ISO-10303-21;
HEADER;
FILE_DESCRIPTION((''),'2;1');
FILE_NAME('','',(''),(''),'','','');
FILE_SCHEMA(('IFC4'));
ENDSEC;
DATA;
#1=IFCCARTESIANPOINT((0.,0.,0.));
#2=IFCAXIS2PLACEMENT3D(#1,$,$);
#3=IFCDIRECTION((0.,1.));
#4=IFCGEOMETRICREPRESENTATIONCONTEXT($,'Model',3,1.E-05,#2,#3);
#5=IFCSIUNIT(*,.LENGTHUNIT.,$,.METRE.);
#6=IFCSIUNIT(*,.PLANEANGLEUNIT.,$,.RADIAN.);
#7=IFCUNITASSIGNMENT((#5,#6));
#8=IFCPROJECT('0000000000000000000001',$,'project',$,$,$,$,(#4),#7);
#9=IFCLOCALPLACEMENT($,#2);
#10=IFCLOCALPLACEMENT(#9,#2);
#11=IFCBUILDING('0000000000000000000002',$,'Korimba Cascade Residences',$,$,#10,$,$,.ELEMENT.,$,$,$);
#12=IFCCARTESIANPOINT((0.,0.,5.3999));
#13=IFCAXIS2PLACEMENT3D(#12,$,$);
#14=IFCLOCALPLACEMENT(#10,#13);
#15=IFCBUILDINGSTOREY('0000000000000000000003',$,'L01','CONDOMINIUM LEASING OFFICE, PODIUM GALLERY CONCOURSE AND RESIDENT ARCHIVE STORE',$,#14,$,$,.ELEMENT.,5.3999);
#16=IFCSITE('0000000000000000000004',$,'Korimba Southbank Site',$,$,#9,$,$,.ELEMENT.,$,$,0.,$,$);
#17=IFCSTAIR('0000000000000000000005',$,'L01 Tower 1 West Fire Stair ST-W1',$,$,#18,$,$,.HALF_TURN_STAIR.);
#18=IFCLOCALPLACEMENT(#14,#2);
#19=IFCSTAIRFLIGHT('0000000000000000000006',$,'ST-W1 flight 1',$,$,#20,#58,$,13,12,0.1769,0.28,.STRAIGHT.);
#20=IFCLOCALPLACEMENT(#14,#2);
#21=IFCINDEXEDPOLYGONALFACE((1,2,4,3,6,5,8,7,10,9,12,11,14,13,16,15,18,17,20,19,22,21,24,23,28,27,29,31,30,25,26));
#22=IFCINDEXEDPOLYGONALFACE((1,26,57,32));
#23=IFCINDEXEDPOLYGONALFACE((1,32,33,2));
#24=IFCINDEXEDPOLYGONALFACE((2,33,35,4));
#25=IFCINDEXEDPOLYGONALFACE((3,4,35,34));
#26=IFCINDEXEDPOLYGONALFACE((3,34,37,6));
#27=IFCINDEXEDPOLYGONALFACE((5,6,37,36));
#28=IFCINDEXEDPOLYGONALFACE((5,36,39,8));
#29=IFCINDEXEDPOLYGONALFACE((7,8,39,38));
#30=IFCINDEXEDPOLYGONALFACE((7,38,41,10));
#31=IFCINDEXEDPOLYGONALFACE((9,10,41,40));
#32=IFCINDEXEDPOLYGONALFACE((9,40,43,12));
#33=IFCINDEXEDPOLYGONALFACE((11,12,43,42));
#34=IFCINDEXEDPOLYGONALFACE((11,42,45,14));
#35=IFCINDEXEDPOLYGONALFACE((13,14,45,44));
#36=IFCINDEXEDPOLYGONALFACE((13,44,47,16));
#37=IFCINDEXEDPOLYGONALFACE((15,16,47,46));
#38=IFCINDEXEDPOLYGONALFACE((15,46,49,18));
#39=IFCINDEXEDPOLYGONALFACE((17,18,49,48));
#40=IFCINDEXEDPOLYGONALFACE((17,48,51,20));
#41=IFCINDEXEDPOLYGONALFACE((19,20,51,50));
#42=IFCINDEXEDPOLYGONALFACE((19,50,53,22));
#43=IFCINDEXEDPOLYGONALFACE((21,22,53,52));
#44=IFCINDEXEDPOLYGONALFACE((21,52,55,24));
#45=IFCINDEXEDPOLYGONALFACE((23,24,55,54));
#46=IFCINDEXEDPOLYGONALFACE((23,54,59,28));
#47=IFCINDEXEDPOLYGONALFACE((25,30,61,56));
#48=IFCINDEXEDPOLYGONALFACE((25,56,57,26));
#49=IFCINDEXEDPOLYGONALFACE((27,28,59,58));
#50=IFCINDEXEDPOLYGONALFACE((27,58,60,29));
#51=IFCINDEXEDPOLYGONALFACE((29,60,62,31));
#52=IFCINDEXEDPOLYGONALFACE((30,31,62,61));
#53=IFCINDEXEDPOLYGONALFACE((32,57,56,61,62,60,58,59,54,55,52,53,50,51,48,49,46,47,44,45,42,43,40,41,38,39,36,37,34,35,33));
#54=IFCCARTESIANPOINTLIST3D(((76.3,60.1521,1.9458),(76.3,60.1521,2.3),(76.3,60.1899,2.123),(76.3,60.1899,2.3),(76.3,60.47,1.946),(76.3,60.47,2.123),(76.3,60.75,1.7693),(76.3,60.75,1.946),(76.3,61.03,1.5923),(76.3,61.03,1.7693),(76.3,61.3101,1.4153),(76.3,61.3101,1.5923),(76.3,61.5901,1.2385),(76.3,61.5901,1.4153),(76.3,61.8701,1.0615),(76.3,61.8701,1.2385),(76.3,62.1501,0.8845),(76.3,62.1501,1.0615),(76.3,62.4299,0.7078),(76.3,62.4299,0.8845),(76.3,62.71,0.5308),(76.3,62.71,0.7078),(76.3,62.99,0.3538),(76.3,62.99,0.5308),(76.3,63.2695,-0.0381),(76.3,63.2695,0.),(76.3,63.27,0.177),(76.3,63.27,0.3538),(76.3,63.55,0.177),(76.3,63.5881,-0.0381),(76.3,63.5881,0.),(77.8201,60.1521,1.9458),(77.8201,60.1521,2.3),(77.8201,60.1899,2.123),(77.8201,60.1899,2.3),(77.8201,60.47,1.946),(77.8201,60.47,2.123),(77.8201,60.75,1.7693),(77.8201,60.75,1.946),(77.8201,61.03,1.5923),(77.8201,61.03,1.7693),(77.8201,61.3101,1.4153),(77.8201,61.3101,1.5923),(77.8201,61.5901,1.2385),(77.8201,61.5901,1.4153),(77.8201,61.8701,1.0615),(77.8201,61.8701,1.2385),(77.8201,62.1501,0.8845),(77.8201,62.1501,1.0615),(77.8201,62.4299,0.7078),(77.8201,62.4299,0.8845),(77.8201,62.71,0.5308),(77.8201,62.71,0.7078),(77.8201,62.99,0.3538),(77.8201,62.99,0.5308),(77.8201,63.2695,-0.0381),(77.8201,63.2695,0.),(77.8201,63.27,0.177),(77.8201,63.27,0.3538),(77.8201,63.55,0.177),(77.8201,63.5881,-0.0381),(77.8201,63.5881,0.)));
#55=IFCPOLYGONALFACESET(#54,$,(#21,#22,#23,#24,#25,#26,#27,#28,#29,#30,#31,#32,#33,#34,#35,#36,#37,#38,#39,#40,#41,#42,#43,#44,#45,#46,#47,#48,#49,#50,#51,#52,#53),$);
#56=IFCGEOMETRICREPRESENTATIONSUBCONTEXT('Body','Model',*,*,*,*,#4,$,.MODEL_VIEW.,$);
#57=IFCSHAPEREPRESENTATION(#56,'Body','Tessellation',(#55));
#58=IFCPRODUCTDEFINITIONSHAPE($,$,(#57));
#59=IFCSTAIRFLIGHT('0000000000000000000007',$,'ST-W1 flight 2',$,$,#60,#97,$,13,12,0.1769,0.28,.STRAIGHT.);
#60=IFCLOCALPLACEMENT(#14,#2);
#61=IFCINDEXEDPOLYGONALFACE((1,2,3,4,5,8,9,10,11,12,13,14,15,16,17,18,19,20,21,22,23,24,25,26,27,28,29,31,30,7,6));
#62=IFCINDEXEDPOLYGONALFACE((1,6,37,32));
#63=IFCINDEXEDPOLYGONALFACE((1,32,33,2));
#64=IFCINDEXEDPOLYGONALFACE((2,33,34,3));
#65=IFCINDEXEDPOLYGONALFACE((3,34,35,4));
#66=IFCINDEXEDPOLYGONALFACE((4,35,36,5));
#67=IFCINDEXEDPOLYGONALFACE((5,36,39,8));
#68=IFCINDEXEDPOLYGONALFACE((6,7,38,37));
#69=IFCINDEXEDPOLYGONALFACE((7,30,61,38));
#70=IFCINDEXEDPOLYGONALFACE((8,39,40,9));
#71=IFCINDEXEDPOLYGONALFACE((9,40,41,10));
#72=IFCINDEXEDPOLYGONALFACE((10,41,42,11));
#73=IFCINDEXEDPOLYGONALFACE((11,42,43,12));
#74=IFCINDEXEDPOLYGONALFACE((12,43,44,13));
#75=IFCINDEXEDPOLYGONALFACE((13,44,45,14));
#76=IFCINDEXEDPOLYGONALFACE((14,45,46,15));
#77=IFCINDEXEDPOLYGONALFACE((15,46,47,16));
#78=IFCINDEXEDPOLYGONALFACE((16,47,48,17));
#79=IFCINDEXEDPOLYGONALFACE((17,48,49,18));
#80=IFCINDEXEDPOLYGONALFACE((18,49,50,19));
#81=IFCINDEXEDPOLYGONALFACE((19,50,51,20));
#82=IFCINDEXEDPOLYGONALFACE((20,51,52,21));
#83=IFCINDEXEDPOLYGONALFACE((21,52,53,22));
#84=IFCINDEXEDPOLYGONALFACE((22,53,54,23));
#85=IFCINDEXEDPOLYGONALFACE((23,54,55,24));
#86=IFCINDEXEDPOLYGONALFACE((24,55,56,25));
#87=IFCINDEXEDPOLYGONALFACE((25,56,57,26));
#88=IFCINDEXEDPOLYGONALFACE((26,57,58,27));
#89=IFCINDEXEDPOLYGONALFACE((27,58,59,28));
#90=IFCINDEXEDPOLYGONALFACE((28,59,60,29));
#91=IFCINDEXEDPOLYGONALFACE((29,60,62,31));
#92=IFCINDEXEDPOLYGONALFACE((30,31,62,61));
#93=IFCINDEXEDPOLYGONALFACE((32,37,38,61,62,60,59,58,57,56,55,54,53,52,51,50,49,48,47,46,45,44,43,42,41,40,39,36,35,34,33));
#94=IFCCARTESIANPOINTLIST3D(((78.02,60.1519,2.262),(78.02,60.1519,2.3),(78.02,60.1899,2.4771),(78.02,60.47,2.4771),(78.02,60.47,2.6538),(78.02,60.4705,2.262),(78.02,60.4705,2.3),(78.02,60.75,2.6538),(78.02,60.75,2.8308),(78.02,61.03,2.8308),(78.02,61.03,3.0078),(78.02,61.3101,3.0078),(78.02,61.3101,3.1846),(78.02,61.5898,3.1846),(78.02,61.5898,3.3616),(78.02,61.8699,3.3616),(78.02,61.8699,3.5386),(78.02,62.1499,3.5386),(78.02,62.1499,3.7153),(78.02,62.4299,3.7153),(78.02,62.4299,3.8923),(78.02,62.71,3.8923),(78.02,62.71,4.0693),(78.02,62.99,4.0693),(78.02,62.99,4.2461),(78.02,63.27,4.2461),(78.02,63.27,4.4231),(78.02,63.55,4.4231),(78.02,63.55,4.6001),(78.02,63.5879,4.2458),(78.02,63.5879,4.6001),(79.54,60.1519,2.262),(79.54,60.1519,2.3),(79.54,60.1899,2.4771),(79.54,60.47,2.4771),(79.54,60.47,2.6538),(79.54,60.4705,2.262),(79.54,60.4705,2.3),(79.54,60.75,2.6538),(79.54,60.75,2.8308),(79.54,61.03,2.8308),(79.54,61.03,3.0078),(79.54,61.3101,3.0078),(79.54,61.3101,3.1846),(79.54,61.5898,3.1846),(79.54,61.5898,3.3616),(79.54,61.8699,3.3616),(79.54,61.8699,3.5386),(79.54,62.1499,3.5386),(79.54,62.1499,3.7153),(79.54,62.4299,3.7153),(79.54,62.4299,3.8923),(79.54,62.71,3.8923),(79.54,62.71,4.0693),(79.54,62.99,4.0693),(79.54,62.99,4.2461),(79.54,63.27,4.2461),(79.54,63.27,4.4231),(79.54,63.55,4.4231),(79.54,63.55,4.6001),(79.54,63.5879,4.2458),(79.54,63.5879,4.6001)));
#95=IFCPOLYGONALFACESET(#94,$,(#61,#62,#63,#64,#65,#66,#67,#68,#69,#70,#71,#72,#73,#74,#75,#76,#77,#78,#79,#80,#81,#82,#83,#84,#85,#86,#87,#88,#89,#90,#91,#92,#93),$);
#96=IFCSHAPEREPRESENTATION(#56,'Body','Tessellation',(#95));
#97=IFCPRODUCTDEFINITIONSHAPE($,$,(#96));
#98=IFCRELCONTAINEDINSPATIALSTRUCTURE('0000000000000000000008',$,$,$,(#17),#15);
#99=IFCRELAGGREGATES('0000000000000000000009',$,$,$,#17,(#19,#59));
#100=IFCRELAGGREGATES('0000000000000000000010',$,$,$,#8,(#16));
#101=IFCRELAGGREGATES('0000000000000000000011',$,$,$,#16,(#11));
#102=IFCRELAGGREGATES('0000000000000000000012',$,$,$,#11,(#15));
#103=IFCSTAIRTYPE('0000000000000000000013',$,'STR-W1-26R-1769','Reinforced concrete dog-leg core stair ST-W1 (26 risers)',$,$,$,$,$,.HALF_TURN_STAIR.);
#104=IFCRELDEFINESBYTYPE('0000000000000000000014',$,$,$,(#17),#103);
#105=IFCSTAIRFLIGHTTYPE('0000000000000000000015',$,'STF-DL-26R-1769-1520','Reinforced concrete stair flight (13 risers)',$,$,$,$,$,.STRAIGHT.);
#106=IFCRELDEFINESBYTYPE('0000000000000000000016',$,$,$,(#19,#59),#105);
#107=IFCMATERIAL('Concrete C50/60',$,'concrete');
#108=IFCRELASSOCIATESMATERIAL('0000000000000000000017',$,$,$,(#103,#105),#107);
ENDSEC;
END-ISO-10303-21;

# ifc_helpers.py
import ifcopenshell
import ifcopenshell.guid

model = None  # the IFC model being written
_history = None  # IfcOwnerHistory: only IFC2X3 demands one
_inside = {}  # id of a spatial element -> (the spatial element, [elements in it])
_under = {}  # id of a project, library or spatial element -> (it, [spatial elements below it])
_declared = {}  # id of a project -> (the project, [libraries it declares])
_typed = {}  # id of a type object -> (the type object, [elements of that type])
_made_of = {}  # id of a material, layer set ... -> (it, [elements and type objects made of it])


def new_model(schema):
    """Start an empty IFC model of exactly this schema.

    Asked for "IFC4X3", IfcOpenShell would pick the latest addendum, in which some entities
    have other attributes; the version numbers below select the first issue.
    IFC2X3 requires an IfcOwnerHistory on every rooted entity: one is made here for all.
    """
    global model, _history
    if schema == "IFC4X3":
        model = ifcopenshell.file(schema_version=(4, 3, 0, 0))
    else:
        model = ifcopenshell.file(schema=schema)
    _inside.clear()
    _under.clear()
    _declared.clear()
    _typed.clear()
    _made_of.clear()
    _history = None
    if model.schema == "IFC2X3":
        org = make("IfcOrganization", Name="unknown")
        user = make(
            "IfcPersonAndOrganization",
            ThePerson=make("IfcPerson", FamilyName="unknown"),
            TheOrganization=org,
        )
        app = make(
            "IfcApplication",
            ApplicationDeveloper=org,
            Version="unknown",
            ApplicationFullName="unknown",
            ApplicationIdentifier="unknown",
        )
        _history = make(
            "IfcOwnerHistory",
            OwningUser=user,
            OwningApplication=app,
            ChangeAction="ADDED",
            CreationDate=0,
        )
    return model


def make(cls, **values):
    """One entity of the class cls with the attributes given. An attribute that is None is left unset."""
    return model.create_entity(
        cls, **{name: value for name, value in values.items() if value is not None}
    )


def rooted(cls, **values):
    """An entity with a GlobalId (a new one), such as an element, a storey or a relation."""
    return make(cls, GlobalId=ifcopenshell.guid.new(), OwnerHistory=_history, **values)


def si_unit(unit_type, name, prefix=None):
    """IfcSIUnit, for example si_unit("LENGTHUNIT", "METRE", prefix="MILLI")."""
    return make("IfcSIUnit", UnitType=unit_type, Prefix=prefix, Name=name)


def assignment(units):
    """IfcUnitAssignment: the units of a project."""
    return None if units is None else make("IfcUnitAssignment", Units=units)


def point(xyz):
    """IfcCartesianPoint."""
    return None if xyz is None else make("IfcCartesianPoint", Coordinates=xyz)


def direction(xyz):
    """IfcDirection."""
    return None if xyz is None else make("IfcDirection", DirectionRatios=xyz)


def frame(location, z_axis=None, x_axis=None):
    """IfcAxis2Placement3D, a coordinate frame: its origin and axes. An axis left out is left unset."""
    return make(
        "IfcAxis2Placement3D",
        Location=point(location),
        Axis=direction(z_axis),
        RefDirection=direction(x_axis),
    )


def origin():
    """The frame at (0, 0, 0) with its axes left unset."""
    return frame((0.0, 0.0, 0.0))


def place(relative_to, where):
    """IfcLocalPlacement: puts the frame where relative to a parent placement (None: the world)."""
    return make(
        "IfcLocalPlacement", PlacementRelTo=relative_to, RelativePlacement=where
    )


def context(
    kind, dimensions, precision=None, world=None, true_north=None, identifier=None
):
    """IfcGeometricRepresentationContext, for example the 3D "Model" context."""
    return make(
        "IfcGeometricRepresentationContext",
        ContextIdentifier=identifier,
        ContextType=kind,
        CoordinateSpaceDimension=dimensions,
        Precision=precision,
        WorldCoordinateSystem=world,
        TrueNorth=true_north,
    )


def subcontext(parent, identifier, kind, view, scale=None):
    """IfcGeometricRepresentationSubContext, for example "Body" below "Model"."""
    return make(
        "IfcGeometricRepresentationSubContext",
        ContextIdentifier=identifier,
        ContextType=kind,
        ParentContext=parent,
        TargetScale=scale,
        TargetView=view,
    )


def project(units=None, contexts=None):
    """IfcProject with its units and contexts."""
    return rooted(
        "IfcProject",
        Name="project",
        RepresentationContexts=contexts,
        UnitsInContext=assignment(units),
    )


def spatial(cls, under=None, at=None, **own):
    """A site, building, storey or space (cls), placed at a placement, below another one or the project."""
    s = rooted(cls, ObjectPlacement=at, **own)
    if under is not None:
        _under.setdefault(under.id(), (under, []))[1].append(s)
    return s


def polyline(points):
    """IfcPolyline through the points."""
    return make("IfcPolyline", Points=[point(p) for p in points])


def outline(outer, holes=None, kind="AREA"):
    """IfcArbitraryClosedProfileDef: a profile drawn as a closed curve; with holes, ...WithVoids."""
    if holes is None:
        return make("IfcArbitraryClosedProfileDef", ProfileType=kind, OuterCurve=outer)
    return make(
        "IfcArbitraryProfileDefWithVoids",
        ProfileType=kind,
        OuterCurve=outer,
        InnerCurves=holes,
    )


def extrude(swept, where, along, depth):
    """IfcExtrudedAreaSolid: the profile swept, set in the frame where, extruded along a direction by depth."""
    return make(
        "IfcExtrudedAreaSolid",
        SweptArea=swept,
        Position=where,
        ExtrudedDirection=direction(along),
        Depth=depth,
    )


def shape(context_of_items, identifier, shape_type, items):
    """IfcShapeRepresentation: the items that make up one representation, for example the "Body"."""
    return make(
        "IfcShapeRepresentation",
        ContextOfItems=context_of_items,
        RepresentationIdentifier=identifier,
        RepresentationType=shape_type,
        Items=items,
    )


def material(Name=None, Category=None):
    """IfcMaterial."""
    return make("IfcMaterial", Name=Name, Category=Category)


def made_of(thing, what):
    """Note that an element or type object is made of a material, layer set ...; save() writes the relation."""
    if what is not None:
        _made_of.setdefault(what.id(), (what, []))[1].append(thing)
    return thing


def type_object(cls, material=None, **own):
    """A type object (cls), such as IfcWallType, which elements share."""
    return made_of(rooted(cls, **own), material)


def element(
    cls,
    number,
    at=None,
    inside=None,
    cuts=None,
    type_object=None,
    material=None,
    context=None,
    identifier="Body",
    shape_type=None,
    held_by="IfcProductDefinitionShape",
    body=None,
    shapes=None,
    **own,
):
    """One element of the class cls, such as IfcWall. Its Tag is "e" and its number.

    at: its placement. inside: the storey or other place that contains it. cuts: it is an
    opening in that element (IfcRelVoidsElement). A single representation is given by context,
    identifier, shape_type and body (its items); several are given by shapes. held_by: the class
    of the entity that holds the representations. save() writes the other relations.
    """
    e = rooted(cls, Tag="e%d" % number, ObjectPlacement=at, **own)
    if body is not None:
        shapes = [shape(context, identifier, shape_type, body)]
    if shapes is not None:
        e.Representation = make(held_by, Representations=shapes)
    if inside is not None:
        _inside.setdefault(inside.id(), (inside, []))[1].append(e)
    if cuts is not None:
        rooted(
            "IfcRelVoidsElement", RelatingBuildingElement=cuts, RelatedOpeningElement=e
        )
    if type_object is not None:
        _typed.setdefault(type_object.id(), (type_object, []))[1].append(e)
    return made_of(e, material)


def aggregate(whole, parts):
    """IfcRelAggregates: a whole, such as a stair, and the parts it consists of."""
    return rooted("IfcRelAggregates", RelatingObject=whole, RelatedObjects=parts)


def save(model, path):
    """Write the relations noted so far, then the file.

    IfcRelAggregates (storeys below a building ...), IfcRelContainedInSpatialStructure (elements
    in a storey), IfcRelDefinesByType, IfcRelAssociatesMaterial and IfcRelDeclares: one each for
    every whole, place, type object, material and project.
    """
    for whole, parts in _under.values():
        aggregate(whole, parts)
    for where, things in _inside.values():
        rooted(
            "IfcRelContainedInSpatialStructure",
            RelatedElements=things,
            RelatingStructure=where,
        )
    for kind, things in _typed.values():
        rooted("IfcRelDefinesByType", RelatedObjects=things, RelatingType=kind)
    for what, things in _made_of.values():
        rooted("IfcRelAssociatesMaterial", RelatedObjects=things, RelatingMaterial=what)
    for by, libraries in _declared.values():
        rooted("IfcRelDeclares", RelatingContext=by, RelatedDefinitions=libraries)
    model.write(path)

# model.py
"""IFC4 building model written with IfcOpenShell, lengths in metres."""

from ifc_helpers import new_model, si_unit, direction, frame, origin, place, context, subcontext, project, spatial, polyline, outline, extrude, material, type_object, element, aggregate, save


model = new_model("IFC4")

# Units and contexts
model_context = context("Model", 3, precision=1e-05, world=origin(), true_north=direction((0.0, 1.0)))
body_context = subcontext(model_context, "Body", "Model", "MODEL_VIEW")
ifc_project = project(units=[si_unit("LENGTHUNIT", "METRE"), si_unit("PLANEANGLEUNIT", "RADIAN")], contexts=[model_context])

# Site, building, storey
site_placement = place(None, origin())
site = spatial("IfcSite", under=ifc_project, at=site_placement, Name="Korimba Southbank Site", CompositionType="ELEMENT", RefElevation=0.0)
building_placement = place(site_placement, origin())
building = spatial("IfcBuilding", under=site, at=building_placement, Name="Korimba Cascade Residences", CompositionType="ELEMENT")
storey_placement = place(building_placement, frame((0.0, 0.0, 5.3999)))
storey = spatial("IfcBuildingStorey", under=building, at=storey_placement, Name="L01", Description="CONDOMINIUM LEASING OFFICE, PODIUM GALLERY CONCOURSE AND RESIDENT ARCHIVE STORE", CompositionType="ELEMENT", Elevation=5.3999)

# Shared definitions
ifc_material_1 = material(Name="Concrete C50/60", Category="concrete")

# Stair, stair flights
stair_type = type_object("IfcStairType", Name="STR-W1-26R-1769", Description="Reinforced concrete dog-leg core stair ST-W1 (26 risers)", PredefinedType="HALF_TURN_STAIR", material=ifc_material_1)
stair_placement = place(storey_placement, origin())
stair = element("IfcStair", 1, at=stair_placement, inside=storey, type_object=stair_type, Name="L01 Tower 1 West Fire Stair ST-W1", PredefinedType="HALF_TURN_STAIR")
stair_flight_type = type_object("IfcStairFlightType", Name="STF-DL-26R-1769-1520", Description="Reinforced concrete stair flight (13 risers)", PredefinedType="STRAIGHT", material=ifc_material_1)
stair_flight_1_placement = place(storey_placement, frame((77.0601, 63.55, 0.0), z_axis=(0.0, 0.0, 1.0), x_axis=(0.0, -1.0, 0.0)))
stair_flight_1 = element("IfcStairFlight", 2, at=stair_flight_1_placement, type_object=stair_flight_type, Name="ST-W1 flight 1", NumberOfRisers=13, NumberOfTreads=12, PredefinedType="STRAIGHT", RiserHeight=0.1769, TreadLength=0.28, context=body_context, shape_type="SweptSolid", body=[
    extrude(outline(polyline([(-0.0381, 0.0), (0.0, 0.177), (0.28, 0.177), (0.28, 0.3538), (0.5601, 0.3538), (0.5601, 0.5308), (0.8401, 0.5308), (0.8401, 0.7078), (1.1201, 0.7078), (1.1201, 0.8845), (1.3999, 0.8845), (1.3999, 1.0615), (1.6799, 1.0615), (1.6799, 1.2385), (1.96, 1.2385), (1.96, 1.4153), (2.24, 1.4153), (2.24, 1.5923), (2.52, 1.5923), (2.52, 1.7693), (2.8, 1.7693), (2.8, 1.946), (3.0801, 1.946), (3.0801, 2.123), (3.3601, 2.123), (3.3601, 2.3), (3.3979, 2.3), (3.3979, 1.9458), (0.2805, 0.0), (0.2805, -0.0381), (-0.0381, -0.0381), (-0.0381, 0.0)])), frame((0.0, 0.76, 0.0), z_axis=(0.0, -1.0, 0.0), x_axis=(1.0, 0.0, 0.0)), (0.0, 0.0, 1.0), 1.52),
])
stair_flight_2_placement = place(storey_placement, frame((78.78, 60.1899, 2.3), z_axis=(0.0, 0.0, 1.0), x_axis=(0.0, 1.0, 0.0)))
stair_flight_2 = element("IfcStairFlight", 3, at=stair_flight_2_placement, type_object=stair_flight_type, Name="ST-W1 flight 2", NumberOfRisers=13, NumberOfTreads=12, PredefinedType="STRAIGHT", RiserHeight=0.1769, TreadLength=0.28, context=body_context, shape_type="SweptSolid", body=[
    extrude(outline(polyline([(-0.0381, 0.0), (0.0, 0.177), (0.28, 0.177), (0.28, 0.3538), (0.5601, 0.3538), (0.5601, 0.5308), (0.8401, 0.5308), (0.8401, 0.7078), (1.1201, 0.7078), (1.1201, 0.8845), (1.3999, 0.8845), (1.3999, 1.0615), (1.6799, 1.0615), (1.6799, 1.2385), (1.96, 1.2385), (1.96, 1.4153), (2.24, 1.4153), (2.24, 1.5923), (2.52, 1.5923), (2.52, 1.7693), (2.8, 1.7693), (2.8, 1.946), (3.0801, 1.946), (3.0801, 2.123), (3.3601, 2.123), (3.3601, 2.3), (3.3979, 2.3), (3.3979, 1.9458), (0.2805, 0.0), (0.2805, -0.0381), (-0.0381, -0.0381), (-0.0381, 0.0)])), frame((0.0, 0.76, 0.0), z_axis=(0.0, -1.0, 0.0), x_axis=(1.0, 0.0, 0.0)), (0.0, 0.0, 1.0), 1.52),
])
aggregate(stair, [stair_flight_1, stair_flight_2])

save(model, "model.ifc")
